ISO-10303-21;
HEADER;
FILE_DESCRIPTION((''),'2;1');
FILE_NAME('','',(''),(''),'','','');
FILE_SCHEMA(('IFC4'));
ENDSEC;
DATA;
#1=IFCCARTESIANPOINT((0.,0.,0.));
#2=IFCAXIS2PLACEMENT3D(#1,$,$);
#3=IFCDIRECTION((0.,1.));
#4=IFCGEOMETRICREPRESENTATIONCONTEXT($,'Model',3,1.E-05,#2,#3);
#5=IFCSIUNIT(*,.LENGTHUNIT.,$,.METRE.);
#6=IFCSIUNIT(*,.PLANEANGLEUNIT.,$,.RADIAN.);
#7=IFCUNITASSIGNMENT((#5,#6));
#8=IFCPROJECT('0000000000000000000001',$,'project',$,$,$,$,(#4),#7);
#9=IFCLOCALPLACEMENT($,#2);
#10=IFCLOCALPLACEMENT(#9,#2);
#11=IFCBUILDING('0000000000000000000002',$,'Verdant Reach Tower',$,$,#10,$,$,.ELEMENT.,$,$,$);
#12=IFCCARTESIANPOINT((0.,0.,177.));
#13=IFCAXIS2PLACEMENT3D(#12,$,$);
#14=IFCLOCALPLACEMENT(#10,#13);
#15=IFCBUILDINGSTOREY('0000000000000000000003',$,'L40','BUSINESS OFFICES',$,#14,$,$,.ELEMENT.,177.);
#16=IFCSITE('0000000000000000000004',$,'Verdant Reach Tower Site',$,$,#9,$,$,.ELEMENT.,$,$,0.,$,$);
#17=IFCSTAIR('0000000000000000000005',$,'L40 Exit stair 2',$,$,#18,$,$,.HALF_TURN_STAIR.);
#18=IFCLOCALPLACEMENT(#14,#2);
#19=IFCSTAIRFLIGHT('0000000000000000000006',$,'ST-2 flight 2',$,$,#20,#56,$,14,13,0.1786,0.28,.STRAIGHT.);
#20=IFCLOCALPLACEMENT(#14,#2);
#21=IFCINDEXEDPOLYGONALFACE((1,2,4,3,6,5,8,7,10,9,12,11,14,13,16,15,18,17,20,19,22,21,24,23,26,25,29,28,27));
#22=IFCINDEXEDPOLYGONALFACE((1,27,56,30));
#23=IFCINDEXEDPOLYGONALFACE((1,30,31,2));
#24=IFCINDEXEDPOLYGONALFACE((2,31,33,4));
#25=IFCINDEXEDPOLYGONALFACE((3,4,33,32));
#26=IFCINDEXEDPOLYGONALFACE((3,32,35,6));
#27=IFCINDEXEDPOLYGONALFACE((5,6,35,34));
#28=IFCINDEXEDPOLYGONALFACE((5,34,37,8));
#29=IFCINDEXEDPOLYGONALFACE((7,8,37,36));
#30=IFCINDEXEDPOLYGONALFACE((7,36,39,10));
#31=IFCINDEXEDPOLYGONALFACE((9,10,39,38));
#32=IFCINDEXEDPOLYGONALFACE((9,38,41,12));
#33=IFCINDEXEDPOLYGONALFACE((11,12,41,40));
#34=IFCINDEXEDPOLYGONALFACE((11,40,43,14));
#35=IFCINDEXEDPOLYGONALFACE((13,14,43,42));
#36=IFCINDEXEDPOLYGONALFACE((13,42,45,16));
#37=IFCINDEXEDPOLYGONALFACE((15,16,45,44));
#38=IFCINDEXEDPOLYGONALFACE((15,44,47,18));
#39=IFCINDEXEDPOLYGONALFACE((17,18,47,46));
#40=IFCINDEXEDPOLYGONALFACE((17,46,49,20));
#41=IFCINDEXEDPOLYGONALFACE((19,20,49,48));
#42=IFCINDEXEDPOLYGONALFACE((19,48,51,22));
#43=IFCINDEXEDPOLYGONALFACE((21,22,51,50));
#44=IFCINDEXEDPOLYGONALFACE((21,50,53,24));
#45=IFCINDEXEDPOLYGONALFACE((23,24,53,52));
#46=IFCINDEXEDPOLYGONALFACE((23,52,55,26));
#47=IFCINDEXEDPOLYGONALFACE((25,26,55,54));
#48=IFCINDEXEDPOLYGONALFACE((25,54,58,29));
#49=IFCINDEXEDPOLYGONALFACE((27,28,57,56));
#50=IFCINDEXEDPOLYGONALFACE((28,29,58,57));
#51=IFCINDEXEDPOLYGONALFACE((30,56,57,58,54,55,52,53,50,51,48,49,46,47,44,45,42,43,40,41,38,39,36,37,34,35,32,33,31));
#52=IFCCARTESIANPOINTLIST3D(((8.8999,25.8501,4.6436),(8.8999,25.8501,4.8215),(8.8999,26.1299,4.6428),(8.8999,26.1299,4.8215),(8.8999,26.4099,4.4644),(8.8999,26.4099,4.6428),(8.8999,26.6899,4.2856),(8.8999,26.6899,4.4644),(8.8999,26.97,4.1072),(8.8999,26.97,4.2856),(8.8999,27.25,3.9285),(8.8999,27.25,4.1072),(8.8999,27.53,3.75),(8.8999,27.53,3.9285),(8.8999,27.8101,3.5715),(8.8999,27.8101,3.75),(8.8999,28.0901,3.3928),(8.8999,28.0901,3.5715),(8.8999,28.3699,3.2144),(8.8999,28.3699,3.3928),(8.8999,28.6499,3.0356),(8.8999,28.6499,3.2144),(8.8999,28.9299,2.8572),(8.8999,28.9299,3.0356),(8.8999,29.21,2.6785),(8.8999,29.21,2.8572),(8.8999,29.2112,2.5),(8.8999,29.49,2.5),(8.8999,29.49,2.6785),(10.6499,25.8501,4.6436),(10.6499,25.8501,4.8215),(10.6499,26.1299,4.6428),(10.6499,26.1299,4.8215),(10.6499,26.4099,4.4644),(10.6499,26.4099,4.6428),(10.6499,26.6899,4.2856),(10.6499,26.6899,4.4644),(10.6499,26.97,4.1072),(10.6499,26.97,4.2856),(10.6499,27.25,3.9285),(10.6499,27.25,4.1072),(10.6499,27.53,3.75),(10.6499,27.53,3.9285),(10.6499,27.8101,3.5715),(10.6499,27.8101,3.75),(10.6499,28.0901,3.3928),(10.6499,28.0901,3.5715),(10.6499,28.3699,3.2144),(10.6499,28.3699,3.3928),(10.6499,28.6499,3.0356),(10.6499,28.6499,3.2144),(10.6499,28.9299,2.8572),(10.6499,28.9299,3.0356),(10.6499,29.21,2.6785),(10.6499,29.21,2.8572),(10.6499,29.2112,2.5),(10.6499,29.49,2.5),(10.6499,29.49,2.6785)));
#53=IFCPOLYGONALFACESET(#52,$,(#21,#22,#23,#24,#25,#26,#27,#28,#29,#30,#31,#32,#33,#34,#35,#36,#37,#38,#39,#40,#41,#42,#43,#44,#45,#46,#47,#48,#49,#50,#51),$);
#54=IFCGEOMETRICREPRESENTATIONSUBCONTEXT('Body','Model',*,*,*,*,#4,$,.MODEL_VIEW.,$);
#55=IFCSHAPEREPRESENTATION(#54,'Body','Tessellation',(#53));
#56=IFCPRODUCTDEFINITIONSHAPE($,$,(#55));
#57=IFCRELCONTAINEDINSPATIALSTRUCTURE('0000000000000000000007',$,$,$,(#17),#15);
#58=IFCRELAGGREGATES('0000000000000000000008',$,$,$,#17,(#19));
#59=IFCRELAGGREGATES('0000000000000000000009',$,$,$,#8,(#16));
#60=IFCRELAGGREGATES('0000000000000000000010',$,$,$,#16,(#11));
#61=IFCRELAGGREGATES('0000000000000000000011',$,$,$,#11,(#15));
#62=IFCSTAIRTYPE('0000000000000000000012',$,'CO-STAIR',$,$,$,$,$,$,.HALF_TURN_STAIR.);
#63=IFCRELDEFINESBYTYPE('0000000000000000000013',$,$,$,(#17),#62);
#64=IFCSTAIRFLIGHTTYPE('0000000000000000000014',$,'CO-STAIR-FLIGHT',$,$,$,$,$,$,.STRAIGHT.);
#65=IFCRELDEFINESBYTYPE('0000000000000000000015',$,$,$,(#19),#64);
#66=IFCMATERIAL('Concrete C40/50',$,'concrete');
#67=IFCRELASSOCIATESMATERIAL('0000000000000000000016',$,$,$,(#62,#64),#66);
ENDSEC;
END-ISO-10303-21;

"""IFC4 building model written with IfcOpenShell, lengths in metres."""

from ifc_helpers import new_model, si_unit, direction, frame, origin, place, context, subcontext, project, spatial, polyline, outline, extrude, material, type_object, element, aggregate, save


model = new_model("IFC4")

# Units and contexts
model_context = context("Model", 3, precision=1e-05, world=origin(), true_north=direction((0.0, 1.0)))
body_context = subcontext(model_context, "Body", "Model", "MODEL_VIEW")
ifc_project = project(units=[si_unit("LENGTHUNIT", "METRE"), si_unit("PLANEANGLEUNIT", "RADIAN")], contexts=[model_context])

# Site, building, storey
site_placement = place(None, origin())
site = spatial("IfcSite", under=ifc_project, at=site_placement, Name="Verdant Reach Tower Site", CompositionType="ELEMENT", RefElevation=0.0)
building_placement = place(site_placement, origin())
building = spatial("IfcBuilding", under=site, at=building_placement, Name="Verdant Reach Tower", CompositionType="ELEMENT")
storey_placement = place(building_placement, frame((0.0, 0.0, 177.0)))
storey = spatial("IfcBuildingStorey", under=building, at=storey_placement, Name="L40", Description="BUSINESS OFFICES", CompositionType="ELEMENT", Elevation=177.0)

# Shared definitions
ifc_material_1 = material(Name="Concrete C40/50", Category="concrete")

# Stair, stair flight
stair_type = type_object("IfcStairType", Name="CO-STAIR", PredefinedType="HALF_TURN_STAIR", material=ifc_material_1)
stair_placement = place(storey_placement, origin())
stair = element("IfcStair", 1, at=stair_placement, inside=storey, type_object=stair_type, Name="L40 Exit stair 2", PredefinedType="HALF_TURN_STAIR")
stair_flight_type = type_object("IfcStairFlightType", Name="CO-STAIR-FLIGHT", PredefinedType="STRAIGHT", material=ifc_material_1)
stair_flight_1_placement = place(storey_placement, frame((9.7749, 29.49, 2.5), z_axis=(0.0, 0.0, 1.0), x_axis=(0.0, -1.0, 0.0)))
stair_flight_1 = element("IfcStairFlight", 2, at=stair_flight_1_placement, type_object=stair_flight_type, Name="ST-2 flight 2", NumberOfRisers=14, NumberOfTreads=13, PredefinedType="STRAIGHT", RiserHeight=0.1786, TreadLength=0.28, context=body_context, shape_type="SweptSolid", body=[
    extrude(outline(polyline([(0.0, 0.0), (0.0, 0.1785), (0.28, 0.1785), (0.28, 0.3572), (0.5601, 0.3572), (0.5601, 0.5356), (0.8401, 0.5356), (0.8401, 0.7144), (1.1201, 0.7144), (1.1201, 0.8928), (1.3999, 0.8928), (1.3999, 1.0715), (1.6799, 1.0715), (1.6799, 1.25), (1.96, 1.25), (1.96, 1.4285), (2.24, 1.4285), (2.24, 1.6072), (2.52, 1.6072), (2.52, 1.7856), (2.8, 1.7856), (2.8, 1.9644), (3.0801, 1.9644), (3.0801, 2.1428), (3.3601, 2.1428), (3.3601, 2.3215), (3.6399, 2.3215), (3.6399, 2.5), (3.6399, 2.1436), (0.2788, 0.0), (0.0, 0.0)])), frame((0.0, 0.875, 0.0), z_axis=(0.0, -1.0, 0.0), x_axis=(1.0, 0.0, 0.0)), (0.0, 0.0, 1.0), 1.75),
])
aggregate(stair, [stair_flight_1])

save(model, "model.ifc")
